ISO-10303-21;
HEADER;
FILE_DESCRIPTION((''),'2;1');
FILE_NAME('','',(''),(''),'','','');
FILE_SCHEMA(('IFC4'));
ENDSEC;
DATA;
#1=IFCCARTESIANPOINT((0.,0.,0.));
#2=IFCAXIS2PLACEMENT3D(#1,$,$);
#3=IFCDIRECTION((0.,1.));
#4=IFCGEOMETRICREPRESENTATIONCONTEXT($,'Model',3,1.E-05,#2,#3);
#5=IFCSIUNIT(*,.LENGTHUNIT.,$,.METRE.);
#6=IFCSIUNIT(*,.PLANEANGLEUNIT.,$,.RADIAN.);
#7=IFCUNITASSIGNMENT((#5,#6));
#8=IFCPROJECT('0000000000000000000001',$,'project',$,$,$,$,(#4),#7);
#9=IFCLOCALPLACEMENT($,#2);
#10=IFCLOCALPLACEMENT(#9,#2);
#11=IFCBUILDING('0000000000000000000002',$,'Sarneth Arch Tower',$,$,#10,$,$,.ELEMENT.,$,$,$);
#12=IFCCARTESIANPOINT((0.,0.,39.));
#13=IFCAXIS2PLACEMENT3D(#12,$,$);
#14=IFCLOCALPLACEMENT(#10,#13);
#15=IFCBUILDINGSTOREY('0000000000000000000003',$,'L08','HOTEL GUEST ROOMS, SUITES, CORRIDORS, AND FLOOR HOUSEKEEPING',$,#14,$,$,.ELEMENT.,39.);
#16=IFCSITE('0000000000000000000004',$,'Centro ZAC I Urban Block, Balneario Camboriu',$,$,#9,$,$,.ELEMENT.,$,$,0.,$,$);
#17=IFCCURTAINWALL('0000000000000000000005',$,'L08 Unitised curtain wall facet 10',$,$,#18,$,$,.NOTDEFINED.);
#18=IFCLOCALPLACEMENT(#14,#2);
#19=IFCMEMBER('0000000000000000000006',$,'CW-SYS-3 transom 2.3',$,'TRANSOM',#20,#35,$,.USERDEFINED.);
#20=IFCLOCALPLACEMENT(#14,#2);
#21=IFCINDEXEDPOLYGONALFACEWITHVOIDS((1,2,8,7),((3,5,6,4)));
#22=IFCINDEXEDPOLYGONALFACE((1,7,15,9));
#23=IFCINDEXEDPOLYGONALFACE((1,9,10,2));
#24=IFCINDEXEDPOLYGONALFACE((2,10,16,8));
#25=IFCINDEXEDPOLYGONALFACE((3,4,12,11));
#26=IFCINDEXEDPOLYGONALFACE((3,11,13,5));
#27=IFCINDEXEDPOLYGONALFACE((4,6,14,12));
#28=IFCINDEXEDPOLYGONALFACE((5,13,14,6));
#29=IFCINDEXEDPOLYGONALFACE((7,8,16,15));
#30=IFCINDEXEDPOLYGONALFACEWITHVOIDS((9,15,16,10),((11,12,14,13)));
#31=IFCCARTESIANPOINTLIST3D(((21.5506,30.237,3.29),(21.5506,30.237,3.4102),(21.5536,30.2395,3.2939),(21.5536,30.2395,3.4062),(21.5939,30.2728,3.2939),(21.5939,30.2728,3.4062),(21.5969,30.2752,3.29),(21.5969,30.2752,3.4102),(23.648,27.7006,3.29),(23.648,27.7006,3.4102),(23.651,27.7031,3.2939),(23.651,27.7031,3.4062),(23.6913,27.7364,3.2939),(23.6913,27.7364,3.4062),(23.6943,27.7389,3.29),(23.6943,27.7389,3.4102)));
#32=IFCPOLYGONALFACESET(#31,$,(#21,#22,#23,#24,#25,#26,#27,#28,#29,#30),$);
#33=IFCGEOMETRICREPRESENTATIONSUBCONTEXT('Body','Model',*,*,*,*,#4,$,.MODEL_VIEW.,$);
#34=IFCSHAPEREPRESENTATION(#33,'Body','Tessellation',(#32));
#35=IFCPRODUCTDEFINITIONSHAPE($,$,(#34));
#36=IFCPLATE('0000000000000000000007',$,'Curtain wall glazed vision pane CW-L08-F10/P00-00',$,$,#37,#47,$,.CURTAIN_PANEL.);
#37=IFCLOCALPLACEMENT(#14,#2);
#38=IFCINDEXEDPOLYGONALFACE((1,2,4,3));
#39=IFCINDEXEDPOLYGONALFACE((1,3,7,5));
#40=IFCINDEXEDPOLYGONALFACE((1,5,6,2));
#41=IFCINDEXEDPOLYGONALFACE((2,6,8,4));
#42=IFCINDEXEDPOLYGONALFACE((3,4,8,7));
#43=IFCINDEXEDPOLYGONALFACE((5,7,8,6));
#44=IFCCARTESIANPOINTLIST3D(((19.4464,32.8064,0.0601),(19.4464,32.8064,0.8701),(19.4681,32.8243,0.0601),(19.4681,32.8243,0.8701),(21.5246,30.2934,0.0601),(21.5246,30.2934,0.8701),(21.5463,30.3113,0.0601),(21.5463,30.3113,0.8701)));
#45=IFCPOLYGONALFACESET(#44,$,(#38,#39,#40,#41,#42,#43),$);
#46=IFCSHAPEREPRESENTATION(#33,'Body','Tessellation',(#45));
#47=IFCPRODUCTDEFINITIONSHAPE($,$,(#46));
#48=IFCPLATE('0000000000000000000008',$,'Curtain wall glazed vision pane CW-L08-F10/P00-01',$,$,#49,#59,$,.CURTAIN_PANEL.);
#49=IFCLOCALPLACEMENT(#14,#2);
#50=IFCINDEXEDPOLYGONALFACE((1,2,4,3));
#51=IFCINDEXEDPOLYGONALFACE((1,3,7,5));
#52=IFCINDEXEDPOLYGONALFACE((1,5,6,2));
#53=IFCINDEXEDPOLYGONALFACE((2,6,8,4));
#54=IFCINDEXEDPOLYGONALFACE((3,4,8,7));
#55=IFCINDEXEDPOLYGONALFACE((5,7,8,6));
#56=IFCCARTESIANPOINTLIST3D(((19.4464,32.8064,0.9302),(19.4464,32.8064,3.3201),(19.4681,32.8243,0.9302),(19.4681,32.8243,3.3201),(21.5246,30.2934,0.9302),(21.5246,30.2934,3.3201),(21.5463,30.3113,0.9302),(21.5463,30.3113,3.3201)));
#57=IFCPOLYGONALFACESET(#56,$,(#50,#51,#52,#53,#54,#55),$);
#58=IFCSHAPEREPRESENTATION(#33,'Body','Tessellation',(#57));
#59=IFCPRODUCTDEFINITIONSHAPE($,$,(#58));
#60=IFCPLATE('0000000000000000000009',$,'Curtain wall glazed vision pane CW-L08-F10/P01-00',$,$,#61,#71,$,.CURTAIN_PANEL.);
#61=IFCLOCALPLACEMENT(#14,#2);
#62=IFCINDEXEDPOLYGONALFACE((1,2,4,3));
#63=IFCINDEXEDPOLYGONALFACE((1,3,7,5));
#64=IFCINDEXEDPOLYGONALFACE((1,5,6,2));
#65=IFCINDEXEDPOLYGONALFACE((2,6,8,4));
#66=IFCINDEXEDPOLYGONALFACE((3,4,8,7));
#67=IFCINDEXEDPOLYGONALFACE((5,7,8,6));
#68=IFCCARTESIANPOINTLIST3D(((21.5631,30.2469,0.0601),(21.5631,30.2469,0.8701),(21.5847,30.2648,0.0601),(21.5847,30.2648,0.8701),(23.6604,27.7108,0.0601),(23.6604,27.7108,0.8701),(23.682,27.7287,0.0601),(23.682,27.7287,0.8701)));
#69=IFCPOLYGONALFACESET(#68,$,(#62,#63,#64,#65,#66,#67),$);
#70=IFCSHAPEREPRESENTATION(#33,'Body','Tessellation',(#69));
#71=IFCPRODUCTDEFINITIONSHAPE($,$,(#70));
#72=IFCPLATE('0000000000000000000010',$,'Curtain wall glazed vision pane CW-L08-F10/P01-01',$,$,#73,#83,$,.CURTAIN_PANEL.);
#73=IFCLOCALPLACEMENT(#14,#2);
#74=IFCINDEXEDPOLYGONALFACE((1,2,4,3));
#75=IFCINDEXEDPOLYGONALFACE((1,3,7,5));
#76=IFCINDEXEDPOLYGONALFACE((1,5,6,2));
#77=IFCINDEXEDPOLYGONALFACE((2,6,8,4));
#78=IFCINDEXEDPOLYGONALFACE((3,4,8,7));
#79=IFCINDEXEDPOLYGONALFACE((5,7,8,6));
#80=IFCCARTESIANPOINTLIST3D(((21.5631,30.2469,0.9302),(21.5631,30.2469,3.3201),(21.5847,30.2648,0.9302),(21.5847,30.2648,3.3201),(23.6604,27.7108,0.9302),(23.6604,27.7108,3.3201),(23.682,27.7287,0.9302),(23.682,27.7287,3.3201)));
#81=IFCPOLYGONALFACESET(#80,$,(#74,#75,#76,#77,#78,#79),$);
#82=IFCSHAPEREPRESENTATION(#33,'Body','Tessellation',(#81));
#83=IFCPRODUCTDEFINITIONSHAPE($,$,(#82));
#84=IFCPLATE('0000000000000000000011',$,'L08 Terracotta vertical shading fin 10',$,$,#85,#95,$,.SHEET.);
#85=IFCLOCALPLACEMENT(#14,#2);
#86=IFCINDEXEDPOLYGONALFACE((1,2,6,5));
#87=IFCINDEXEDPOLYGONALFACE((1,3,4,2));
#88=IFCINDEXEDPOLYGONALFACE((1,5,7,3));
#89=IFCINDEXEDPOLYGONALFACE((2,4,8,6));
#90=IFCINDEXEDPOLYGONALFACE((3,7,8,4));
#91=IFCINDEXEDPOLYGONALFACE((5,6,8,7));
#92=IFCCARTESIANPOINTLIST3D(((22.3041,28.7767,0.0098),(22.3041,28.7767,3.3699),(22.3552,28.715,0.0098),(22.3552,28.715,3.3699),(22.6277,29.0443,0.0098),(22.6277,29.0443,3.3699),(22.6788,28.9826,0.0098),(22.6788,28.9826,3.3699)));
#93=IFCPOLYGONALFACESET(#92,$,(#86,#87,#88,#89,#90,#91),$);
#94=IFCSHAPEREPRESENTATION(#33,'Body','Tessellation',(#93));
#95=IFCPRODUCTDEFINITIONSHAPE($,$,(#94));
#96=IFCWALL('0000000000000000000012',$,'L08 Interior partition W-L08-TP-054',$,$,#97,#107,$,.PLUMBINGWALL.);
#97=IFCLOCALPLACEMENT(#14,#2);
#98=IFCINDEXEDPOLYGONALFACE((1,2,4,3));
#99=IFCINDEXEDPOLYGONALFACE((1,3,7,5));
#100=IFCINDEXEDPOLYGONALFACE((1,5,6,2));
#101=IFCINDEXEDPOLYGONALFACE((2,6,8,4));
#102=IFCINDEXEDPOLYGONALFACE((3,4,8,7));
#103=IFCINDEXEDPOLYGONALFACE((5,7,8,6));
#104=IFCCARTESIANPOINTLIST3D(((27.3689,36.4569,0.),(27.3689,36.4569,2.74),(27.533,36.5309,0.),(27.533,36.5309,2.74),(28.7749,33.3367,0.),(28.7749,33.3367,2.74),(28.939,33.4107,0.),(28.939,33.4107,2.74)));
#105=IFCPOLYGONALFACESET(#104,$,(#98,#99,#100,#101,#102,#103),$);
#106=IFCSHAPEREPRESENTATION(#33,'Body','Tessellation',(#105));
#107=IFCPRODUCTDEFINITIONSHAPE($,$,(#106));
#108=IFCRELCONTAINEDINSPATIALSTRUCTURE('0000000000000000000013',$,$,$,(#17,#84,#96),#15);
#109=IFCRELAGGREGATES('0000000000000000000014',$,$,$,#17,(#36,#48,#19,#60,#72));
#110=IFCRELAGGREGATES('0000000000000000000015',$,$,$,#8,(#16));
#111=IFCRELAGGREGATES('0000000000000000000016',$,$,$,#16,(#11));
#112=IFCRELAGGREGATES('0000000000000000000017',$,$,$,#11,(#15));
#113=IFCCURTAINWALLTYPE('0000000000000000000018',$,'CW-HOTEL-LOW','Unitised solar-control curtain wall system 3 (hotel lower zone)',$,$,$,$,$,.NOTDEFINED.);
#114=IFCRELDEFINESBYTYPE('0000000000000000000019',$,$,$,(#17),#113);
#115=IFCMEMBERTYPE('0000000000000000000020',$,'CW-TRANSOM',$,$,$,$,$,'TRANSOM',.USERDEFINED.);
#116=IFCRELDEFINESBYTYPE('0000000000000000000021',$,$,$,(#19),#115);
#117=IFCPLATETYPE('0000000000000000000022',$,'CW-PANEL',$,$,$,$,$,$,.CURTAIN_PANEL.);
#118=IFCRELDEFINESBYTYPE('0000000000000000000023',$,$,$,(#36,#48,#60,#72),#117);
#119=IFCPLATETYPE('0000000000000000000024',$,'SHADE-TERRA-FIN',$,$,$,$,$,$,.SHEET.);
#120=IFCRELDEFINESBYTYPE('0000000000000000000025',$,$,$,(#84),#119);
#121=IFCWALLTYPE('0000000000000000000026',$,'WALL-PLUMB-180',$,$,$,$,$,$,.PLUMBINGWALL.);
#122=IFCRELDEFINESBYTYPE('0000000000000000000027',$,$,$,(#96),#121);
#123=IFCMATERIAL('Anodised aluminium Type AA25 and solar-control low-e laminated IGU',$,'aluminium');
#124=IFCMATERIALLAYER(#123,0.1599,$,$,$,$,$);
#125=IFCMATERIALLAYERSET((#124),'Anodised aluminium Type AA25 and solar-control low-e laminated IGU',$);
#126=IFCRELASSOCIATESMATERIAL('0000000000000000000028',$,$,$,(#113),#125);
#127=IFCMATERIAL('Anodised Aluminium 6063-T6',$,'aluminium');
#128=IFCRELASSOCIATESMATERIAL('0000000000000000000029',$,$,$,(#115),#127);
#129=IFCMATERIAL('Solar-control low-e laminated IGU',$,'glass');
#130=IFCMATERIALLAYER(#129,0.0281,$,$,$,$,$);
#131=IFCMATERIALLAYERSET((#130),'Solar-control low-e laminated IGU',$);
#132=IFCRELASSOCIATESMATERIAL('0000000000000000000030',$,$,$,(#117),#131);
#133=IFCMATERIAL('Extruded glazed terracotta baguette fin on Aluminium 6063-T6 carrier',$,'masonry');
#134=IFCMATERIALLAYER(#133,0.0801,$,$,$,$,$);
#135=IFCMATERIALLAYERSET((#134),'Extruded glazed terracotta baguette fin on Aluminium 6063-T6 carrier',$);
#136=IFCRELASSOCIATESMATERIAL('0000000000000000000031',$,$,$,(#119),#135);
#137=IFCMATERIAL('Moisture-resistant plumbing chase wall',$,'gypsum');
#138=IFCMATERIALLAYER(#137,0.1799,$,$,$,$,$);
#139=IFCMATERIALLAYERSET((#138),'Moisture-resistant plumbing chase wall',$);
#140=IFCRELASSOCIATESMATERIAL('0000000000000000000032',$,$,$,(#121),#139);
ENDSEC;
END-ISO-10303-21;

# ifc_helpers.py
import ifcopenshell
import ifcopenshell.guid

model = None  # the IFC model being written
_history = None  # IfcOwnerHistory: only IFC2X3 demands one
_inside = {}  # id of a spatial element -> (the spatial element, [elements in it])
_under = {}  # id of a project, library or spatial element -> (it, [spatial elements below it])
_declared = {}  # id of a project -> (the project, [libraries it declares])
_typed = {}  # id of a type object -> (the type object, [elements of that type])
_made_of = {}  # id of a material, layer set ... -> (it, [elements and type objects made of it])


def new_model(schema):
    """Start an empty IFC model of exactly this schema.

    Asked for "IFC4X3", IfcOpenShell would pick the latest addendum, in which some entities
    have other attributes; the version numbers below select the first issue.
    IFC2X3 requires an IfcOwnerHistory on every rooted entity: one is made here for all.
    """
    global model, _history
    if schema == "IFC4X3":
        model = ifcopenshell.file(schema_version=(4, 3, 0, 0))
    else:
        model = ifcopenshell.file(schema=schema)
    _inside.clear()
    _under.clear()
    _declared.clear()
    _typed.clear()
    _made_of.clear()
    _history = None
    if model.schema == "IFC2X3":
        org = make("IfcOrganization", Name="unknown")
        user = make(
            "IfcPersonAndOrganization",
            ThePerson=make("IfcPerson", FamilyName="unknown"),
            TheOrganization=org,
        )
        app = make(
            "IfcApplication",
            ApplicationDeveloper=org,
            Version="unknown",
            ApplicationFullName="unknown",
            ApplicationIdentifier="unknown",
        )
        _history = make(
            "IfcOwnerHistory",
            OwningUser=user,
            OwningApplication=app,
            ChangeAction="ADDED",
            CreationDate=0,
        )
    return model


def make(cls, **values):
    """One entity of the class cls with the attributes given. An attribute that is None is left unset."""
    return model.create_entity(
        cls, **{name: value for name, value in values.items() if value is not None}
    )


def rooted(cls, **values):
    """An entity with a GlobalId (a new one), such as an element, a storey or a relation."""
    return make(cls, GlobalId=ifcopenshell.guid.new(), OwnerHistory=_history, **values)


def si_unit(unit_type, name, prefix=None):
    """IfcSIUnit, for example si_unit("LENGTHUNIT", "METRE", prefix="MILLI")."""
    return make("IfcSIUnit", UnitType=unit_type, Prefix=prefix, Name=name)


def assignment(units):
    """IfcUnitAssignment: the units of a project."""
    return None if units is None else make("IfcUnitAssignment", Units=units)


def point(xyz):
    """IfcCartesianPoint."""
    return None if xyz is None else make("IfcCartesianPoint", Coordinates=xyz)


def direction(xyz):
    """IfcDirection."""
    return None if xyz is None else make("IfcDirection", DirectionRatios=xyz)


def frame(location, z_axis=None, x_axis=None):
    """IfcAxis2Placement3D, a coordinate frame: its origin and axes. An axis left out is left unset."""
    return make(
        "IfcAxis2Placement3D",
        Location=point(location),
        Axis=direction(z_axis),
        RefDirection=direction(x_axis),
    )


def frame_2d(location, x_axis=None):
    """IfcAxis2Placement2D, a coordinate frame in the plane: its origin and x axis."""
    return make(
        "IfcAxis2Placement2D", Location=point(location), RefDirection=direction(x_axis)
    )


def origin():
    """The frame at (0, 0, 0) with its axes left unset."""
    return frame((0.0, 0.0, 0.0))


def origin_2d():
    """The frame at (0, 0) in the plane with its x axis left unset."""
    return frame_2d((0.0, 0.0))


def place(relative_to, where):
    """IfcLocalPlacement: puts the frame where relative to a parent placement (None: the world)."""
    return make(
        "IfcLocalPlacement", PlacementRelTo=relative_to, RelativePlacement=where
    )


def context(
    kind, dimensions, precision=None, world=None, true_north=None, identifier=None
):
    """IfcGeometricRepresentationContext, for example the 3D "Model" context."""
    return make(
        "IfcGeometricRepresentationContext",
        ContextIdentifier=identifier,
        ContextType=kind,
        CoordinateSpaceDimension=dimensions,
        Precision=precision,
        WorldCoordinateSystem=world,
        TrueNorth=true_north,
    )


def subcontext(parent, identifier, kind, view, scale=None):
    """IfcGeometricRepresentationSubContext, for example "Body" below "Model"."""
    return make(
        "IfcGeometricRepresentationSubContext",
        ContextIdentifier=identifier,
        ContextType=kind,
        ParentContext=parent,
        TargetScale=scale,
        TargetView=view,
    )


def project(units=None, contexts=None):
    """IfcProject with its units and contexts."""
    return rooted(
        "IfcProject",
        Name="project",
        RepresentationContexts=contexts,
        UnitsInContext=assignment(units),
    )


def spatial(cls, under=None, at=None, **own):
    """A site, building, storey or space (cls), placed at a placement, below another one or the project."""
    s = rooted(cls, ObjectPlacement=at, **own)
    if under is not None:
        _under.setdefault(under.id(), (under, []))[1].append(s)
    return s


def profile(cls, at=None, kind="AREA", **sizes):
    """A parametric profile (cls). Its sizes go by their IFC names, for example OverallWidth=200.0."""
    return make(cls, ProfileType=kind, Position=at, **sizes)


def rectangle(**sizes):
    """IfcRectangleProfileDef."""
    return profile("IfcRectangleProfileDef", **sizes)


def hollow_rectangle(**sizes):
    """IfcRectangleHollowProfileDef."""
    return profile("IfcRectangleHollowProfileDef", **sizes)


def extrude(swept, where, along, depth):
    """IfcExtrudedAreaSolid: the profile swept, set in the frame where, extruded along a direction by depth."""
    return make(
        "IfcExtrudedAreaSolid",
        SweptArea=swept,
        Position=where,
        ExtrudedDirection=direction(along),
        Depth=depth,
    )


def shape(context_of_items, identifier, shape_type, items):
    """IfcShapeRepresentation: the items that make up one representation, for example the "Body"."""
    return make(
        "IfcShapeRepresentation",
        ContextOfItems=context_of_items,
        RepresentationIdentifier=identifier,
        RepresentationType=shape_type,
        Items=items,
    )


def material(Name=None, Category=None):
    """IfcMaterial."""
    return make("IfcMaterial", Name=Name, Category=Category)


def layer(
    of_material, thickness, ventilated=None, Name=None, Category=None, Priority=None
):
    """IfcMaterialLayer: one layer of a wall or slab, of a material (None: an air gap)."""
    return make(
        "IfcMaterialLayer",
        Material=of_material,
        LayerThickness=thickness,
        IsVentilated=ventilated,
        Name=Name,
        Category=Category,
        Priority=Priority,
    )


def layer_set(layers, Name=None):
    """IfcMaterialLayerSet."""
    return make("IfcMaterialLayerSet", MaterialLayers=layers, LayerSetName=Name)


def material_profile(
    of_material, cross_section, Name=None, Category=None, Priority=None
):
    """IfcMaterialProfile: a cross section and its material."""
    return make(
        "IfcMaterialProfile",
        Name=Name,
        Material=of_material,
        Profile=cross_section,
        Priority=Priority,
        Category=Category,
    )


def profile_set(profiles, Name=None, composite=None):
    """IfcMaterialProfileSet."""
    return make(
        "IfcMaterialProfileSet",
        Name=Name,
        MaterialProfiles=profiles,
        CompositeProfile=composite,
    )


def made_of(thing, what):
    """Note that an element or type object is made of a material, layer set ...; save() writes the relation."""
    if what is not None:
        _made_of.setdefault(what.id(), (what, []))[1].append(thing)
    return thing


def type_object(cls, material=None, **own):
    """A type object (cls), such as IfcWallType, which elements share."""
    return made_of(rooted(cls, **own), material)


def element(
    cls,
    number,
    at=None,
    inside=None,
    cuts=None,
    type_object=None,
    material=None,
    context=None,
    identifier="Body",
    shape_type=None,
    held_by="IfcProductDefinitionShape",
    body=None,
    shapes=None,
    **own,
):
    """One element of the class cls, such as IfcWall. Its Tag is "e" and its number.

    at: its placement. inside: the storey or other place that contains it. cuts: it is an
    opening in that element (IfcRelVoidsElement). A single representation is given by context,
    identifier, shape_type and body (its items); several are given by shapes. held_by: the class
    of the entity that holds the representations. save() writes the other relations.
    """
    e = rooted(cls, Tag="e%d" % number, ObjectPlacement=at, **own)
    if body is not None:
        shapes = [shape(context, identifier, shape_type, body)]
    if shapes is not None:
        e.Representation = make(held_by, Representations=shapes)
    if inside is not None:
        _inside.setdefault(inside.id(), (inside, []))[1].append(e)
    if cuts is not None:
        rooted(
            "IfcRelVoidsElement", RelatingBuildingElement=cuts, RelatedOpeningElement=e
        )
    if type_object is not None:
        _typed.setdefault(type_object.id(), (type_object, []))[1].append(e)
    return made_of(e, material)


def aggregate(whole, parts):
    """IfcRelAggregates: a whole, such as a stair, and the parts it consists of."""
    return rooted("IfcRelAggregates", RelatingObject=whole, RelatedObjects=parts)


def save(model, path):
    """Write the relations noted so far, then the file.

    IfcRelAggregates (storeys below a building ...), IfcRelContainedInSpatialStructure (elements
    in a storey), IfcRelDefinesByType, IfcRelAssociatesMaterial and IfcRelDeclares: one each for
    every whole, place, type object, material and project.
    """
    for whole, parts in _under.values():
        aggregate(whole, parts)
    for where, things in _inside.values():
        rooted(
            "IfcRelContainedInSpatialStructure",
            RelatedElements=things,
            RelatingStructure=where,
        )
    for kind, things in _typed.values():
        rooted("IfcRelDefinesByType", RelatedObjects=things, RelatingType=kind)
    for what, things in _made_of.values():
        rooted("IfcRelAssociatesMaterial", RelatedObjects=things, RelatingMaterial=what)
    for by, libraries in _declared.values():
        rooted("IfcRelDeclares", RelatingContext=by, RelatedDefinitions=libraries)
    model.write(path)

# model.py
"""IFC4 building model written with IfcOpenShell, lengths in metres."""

from ifc_helpers import new_model, si_unit, direction, frame, frame_2d, origin, origin_2d, place, context, subcontext, project, spatial, rectangle, hollow_rectangle, extrude, material, layer, layer_set, material_profile, profile_set, type_object, element, aggregate, save


model = new_model("IFC4")

# Units and contexts
model_context = context("Model", 3, precision=1e-05, world=origin(), true_north=direction((0.0, 1.0)))
body_context = subcontext(model_context, "Body", "Model", "MODEL_VIEW")
ifc_project = project(units=[si_unit("LENGTHUNIT", "METRE"), si_unit("PLANEANGLEUNIT", "RADIAN")], contexts=[model_context])

# Site, building, storey
site_placement = place(None, origin())
site = spatial("IfcSite", under=ifc_project, at=site_placement, Name="Centro ZAC I Urban Block, Balneario Camboriu", CompositionType="ELEMENT", RefElevation=0.0)
building_placement = place(site_placement, origin())
building = spatial("IfcBuilding", under=site, at=building_placement, Name="Sarneth Arch Tower", CompositionType="ELEMENT")
storey_placement = place(building_placement, frame((0.0, 0.0, 39.0)))
storey = spatial("IfcBuildingStorey", under=building, at=storey_placement, Name="L08", Description="HOTEL GUEST ROOMS, SUITES, CORRIDORS, AND FLOOR HOUSEKEEPING", CompositionType="ELEMENT", Elevation=39.0)

# Curtain wall, member, plates
ifc_material_1 = material(Name="Anodised aluminium Type AA25 and solar-control low-e laminated IGU", Category="aluminium")
ifc_layer_1 = layer(ifc_material_1, 0.1599)
ifc_layer_set_1 = layer_set([ifc_layer_1], Name="Anodised aluminium Type AA25 and solar-control low-e laminated IGU")
curtain_wall_type = type_object("IfcCurtainWallType", Name="CW-HOTEL-LOW", Description="Unitised solar-control curtain wall system 3 (hotel lower zone)", PredefinedType="NOTDEFINED", material=ifc_layer_set_1)
curtain_wall_placement = place(storey_placement, origin())
curtain_wall = element("IfcCurtainWall", 1, at=curtain_wall_placement, inside=storey, type_object=curtain_wall_type, Name="L08 Unitised curtain wall facet 10", PredefinedType="NOTDEFINED")
ifc_material_2 = material(Name="Anodised Aluminium 6063-T6", Category="aluminium")
ifc_material_profile_1 = material_profile(ifc_material_2, hollow_rectangle(XDim=0.0601, YDim=0.1201, WallThickness=0.0039, at=origin_2d()), Name="AL-TRAN-120x60x4")
ifc_profile_set_1 = profile_set([ifc_material_profile_1], Name="Anodised Aluminium 6063-T6")
member_type_1 = type_object("IfcMemberType", Name="CW-TRANSOM", ElementType="TRANSOM", PredefinedType="USERDEFINED", material=ifc_profile_set_1)
member_1_placement = place(storey_placement, frame((21.5737, 30.2561, 3.3501), z_axis=(0.637269, -0.770642, 0.0), x_axis=(0.770642, 0.637269, 0.0)))
member_1 = element("IfcMember", 2, at=member_1_placement, type_object=member_type_1, Name="CW-SYS-3 transom 2.3", ObjectType="TRANSOM", PredefinedType="USERDEFINED", context=body_context, shape_type="SweptSolid", body=[
    extrude(hollow_rectangle(XDim=0.0601, YDim=0.1201, WallThickness=0.0039, at=origin_2d()), origin(), (0.0, 0.0, 1.0), 3.2913),
])
ifc_material_3 = material(Name="Solar-control low-e laminated IGU", Category="glass")
ifc_layer_2 = layer(ifc_material_3, 0.0281)
ifc_layer_set_2 = layer_set([ifc_layer_2], Name="Solar-control low-e laminated IGU")
plate_type_1 = type_object("IfcPlateType", Name="CW-PANEL", PredefinedType="CURTAIN_PANEL", material=ifc_layer_set_2)
plate_1_placement = place(storey_placement, frame((20.4963, 31.5588, 0.0601), z_axis=(0.0, 0.0, 1.0), x_axis=(0.637291, -0.770623, 0.0)))
plate_1 = element("IfcPlate", 3, at=plate_1_placement, type_object=plate_type_1, Name="Curtain wall glazed vision pane CW-L08-F10/P00-00", PredefinedType="CURTAIN_PANEL", context=body_context, shape_type="SweptSolid", body=[
    extrude(rectangle(XDim=3.261, YDim=0.0281, at=origin_2d()), origin(), (0.0, 0.0, 1.0), 0.8101),
])
plate_2_placement = place(storey_placement, frame((20.4963, 31.5588, 0.9302), z_axis=(0.0, 0.0, 1.0), x_axis=(0.637291, -0.770623, 0.0)))
plate_2 = element("IfcPlate", 4, at=plate_2_placement, type_object=plate_type_1, Name="Curtain wall glazed vision pane CW-L08-F10/P00-01", PredefinedType="CURTAIN_PANEL", context=body_context, shape_type="SweptSolid", body=[
    extrude(rectangle(XDim=3.261, YDim=0.0281, at=origin_2d()), origin(), (0.0, 0.0, 1.0), 2.3899),
])
plate_3_placement = place(storey_placement, frame((22.6226, 28.9878, 0.0601), z_axis=(0.0, 0.0, 1.0), x_axis=(0.637291, -0.770623, 0.0)))
plate_3 = element("IfcPlate", 5, at=plate_3_placement, type_object=plate_type_1, Name="Curtain wall glazed vision pane CW-L08-F10/P01-00", PredefinedType="CURTAIN_PANEL", context=body_context, shape_type="SweptSolid", body=[
    extrude(rectangle(XDim=3.291, YDim=0.0281, at=origin_2d()), origin(), (0.0, 0.0, 1.0), 0.8101),
])
plate_4_placement = place(storey_placement, frame((22.6226, 28.9878, 0.9302), z_axis=(0.0, 0.0, 1.0), x_axis=(0.637291, -0.770623, 0.0)))
plate_4 = element("IfcPlate", 6, at=plate_4_placement, type_object=plate_type_1, Name="Curtain wall glazed vision pane CW-L08-F10/P01-01", PredefinedType="CURTAIN_PANEL", context=body_context, shape_type="SweptSolid", body=[
    extrude(rectangle(XDim=3.291, YDim=0.0281, at=origin_2d()), origin(), (0.0, 0.0, 1.0), 2.3899),
])
aggregate(curtain_wall, [plate_1, plate_2, member_1, plate_3, plate_4])

# Plate
ifc_material_4 = material(Name="Extruded glazed terracotta baguette fin on Aluminium 6063-T6 carrier", Category="masonry")
ifc_layer_3 = layer(ifc_material_4, 0.0801)
ifc_layer_set_3 = layer_set([ifc_layer_3], Name="Extruded glazed terracotta baguette fin on Aluminium 6063-T6 carrier")
plate_type_2 = type_object("IfcPlateType", Name="SHADE-TERRA-FIN", PredefinedType="SHEET", material=ifc_layer_set_3)
plate_5_placement = place(storey_placement, frame((22.4915, 28.8796, 0.0098), z_axis=(0.0, 0.0, 1.0), x_axis=(-0.770624, -0.63729, 0.0)))
element("IfcPlate", 7, at=plate_5_placement, inside=storey, type_object=plate_type_2, Name="L08 Terracotta vertical shading fin 10", PredefinedType="SHEET", context=body_context, shape_type="SweptSolid", body=[
    extrude(rectangle(XDim=0.4199, YDim=0.0801, at=origin_2d()), origin(), (0.0, 0.0, 1.0), 3.3601),
])

# Wall
ifc_material_5 = material(Name="Moisture-resistant plumbing chase wall", Category="gypsum")
ifc_layer_4 = layer(ifc_material_5, 0.1799)
ifc_layer_set_4 = layer_set([ifc_layer_4], Name="Moisture-resistant plumbing chase wall")
wall_type = type_object("IfcWallType", Name="WALL-PLUMB-180", PredefinedType="PLUMBINGWALL", material=ifc_layer_set_4)
wall_placement = place(storey_placement, frame((27.4509, 36.4939, 0.0), z_axis=(0.0, 0.0, 1.0), x_axis=(0.410839, -0.911708, 0.0)))
element("IfcWall", 8, at=wall_placement, inside=storey, type_object=wall_type, Name="L08 Interior partition W-L08-TP-054", PredefinedType="PLUMBINGWALL", context=body_context, shape_type="SweptSolid", body=[
    extrude(rectangle(XDim=3.4224, YDim=0.1799, at=frame_2d((1.7112, 0.0))), origin(), (0.0, 0.0, 1.0), 2.74),
])

save(model, "model.ifc")
